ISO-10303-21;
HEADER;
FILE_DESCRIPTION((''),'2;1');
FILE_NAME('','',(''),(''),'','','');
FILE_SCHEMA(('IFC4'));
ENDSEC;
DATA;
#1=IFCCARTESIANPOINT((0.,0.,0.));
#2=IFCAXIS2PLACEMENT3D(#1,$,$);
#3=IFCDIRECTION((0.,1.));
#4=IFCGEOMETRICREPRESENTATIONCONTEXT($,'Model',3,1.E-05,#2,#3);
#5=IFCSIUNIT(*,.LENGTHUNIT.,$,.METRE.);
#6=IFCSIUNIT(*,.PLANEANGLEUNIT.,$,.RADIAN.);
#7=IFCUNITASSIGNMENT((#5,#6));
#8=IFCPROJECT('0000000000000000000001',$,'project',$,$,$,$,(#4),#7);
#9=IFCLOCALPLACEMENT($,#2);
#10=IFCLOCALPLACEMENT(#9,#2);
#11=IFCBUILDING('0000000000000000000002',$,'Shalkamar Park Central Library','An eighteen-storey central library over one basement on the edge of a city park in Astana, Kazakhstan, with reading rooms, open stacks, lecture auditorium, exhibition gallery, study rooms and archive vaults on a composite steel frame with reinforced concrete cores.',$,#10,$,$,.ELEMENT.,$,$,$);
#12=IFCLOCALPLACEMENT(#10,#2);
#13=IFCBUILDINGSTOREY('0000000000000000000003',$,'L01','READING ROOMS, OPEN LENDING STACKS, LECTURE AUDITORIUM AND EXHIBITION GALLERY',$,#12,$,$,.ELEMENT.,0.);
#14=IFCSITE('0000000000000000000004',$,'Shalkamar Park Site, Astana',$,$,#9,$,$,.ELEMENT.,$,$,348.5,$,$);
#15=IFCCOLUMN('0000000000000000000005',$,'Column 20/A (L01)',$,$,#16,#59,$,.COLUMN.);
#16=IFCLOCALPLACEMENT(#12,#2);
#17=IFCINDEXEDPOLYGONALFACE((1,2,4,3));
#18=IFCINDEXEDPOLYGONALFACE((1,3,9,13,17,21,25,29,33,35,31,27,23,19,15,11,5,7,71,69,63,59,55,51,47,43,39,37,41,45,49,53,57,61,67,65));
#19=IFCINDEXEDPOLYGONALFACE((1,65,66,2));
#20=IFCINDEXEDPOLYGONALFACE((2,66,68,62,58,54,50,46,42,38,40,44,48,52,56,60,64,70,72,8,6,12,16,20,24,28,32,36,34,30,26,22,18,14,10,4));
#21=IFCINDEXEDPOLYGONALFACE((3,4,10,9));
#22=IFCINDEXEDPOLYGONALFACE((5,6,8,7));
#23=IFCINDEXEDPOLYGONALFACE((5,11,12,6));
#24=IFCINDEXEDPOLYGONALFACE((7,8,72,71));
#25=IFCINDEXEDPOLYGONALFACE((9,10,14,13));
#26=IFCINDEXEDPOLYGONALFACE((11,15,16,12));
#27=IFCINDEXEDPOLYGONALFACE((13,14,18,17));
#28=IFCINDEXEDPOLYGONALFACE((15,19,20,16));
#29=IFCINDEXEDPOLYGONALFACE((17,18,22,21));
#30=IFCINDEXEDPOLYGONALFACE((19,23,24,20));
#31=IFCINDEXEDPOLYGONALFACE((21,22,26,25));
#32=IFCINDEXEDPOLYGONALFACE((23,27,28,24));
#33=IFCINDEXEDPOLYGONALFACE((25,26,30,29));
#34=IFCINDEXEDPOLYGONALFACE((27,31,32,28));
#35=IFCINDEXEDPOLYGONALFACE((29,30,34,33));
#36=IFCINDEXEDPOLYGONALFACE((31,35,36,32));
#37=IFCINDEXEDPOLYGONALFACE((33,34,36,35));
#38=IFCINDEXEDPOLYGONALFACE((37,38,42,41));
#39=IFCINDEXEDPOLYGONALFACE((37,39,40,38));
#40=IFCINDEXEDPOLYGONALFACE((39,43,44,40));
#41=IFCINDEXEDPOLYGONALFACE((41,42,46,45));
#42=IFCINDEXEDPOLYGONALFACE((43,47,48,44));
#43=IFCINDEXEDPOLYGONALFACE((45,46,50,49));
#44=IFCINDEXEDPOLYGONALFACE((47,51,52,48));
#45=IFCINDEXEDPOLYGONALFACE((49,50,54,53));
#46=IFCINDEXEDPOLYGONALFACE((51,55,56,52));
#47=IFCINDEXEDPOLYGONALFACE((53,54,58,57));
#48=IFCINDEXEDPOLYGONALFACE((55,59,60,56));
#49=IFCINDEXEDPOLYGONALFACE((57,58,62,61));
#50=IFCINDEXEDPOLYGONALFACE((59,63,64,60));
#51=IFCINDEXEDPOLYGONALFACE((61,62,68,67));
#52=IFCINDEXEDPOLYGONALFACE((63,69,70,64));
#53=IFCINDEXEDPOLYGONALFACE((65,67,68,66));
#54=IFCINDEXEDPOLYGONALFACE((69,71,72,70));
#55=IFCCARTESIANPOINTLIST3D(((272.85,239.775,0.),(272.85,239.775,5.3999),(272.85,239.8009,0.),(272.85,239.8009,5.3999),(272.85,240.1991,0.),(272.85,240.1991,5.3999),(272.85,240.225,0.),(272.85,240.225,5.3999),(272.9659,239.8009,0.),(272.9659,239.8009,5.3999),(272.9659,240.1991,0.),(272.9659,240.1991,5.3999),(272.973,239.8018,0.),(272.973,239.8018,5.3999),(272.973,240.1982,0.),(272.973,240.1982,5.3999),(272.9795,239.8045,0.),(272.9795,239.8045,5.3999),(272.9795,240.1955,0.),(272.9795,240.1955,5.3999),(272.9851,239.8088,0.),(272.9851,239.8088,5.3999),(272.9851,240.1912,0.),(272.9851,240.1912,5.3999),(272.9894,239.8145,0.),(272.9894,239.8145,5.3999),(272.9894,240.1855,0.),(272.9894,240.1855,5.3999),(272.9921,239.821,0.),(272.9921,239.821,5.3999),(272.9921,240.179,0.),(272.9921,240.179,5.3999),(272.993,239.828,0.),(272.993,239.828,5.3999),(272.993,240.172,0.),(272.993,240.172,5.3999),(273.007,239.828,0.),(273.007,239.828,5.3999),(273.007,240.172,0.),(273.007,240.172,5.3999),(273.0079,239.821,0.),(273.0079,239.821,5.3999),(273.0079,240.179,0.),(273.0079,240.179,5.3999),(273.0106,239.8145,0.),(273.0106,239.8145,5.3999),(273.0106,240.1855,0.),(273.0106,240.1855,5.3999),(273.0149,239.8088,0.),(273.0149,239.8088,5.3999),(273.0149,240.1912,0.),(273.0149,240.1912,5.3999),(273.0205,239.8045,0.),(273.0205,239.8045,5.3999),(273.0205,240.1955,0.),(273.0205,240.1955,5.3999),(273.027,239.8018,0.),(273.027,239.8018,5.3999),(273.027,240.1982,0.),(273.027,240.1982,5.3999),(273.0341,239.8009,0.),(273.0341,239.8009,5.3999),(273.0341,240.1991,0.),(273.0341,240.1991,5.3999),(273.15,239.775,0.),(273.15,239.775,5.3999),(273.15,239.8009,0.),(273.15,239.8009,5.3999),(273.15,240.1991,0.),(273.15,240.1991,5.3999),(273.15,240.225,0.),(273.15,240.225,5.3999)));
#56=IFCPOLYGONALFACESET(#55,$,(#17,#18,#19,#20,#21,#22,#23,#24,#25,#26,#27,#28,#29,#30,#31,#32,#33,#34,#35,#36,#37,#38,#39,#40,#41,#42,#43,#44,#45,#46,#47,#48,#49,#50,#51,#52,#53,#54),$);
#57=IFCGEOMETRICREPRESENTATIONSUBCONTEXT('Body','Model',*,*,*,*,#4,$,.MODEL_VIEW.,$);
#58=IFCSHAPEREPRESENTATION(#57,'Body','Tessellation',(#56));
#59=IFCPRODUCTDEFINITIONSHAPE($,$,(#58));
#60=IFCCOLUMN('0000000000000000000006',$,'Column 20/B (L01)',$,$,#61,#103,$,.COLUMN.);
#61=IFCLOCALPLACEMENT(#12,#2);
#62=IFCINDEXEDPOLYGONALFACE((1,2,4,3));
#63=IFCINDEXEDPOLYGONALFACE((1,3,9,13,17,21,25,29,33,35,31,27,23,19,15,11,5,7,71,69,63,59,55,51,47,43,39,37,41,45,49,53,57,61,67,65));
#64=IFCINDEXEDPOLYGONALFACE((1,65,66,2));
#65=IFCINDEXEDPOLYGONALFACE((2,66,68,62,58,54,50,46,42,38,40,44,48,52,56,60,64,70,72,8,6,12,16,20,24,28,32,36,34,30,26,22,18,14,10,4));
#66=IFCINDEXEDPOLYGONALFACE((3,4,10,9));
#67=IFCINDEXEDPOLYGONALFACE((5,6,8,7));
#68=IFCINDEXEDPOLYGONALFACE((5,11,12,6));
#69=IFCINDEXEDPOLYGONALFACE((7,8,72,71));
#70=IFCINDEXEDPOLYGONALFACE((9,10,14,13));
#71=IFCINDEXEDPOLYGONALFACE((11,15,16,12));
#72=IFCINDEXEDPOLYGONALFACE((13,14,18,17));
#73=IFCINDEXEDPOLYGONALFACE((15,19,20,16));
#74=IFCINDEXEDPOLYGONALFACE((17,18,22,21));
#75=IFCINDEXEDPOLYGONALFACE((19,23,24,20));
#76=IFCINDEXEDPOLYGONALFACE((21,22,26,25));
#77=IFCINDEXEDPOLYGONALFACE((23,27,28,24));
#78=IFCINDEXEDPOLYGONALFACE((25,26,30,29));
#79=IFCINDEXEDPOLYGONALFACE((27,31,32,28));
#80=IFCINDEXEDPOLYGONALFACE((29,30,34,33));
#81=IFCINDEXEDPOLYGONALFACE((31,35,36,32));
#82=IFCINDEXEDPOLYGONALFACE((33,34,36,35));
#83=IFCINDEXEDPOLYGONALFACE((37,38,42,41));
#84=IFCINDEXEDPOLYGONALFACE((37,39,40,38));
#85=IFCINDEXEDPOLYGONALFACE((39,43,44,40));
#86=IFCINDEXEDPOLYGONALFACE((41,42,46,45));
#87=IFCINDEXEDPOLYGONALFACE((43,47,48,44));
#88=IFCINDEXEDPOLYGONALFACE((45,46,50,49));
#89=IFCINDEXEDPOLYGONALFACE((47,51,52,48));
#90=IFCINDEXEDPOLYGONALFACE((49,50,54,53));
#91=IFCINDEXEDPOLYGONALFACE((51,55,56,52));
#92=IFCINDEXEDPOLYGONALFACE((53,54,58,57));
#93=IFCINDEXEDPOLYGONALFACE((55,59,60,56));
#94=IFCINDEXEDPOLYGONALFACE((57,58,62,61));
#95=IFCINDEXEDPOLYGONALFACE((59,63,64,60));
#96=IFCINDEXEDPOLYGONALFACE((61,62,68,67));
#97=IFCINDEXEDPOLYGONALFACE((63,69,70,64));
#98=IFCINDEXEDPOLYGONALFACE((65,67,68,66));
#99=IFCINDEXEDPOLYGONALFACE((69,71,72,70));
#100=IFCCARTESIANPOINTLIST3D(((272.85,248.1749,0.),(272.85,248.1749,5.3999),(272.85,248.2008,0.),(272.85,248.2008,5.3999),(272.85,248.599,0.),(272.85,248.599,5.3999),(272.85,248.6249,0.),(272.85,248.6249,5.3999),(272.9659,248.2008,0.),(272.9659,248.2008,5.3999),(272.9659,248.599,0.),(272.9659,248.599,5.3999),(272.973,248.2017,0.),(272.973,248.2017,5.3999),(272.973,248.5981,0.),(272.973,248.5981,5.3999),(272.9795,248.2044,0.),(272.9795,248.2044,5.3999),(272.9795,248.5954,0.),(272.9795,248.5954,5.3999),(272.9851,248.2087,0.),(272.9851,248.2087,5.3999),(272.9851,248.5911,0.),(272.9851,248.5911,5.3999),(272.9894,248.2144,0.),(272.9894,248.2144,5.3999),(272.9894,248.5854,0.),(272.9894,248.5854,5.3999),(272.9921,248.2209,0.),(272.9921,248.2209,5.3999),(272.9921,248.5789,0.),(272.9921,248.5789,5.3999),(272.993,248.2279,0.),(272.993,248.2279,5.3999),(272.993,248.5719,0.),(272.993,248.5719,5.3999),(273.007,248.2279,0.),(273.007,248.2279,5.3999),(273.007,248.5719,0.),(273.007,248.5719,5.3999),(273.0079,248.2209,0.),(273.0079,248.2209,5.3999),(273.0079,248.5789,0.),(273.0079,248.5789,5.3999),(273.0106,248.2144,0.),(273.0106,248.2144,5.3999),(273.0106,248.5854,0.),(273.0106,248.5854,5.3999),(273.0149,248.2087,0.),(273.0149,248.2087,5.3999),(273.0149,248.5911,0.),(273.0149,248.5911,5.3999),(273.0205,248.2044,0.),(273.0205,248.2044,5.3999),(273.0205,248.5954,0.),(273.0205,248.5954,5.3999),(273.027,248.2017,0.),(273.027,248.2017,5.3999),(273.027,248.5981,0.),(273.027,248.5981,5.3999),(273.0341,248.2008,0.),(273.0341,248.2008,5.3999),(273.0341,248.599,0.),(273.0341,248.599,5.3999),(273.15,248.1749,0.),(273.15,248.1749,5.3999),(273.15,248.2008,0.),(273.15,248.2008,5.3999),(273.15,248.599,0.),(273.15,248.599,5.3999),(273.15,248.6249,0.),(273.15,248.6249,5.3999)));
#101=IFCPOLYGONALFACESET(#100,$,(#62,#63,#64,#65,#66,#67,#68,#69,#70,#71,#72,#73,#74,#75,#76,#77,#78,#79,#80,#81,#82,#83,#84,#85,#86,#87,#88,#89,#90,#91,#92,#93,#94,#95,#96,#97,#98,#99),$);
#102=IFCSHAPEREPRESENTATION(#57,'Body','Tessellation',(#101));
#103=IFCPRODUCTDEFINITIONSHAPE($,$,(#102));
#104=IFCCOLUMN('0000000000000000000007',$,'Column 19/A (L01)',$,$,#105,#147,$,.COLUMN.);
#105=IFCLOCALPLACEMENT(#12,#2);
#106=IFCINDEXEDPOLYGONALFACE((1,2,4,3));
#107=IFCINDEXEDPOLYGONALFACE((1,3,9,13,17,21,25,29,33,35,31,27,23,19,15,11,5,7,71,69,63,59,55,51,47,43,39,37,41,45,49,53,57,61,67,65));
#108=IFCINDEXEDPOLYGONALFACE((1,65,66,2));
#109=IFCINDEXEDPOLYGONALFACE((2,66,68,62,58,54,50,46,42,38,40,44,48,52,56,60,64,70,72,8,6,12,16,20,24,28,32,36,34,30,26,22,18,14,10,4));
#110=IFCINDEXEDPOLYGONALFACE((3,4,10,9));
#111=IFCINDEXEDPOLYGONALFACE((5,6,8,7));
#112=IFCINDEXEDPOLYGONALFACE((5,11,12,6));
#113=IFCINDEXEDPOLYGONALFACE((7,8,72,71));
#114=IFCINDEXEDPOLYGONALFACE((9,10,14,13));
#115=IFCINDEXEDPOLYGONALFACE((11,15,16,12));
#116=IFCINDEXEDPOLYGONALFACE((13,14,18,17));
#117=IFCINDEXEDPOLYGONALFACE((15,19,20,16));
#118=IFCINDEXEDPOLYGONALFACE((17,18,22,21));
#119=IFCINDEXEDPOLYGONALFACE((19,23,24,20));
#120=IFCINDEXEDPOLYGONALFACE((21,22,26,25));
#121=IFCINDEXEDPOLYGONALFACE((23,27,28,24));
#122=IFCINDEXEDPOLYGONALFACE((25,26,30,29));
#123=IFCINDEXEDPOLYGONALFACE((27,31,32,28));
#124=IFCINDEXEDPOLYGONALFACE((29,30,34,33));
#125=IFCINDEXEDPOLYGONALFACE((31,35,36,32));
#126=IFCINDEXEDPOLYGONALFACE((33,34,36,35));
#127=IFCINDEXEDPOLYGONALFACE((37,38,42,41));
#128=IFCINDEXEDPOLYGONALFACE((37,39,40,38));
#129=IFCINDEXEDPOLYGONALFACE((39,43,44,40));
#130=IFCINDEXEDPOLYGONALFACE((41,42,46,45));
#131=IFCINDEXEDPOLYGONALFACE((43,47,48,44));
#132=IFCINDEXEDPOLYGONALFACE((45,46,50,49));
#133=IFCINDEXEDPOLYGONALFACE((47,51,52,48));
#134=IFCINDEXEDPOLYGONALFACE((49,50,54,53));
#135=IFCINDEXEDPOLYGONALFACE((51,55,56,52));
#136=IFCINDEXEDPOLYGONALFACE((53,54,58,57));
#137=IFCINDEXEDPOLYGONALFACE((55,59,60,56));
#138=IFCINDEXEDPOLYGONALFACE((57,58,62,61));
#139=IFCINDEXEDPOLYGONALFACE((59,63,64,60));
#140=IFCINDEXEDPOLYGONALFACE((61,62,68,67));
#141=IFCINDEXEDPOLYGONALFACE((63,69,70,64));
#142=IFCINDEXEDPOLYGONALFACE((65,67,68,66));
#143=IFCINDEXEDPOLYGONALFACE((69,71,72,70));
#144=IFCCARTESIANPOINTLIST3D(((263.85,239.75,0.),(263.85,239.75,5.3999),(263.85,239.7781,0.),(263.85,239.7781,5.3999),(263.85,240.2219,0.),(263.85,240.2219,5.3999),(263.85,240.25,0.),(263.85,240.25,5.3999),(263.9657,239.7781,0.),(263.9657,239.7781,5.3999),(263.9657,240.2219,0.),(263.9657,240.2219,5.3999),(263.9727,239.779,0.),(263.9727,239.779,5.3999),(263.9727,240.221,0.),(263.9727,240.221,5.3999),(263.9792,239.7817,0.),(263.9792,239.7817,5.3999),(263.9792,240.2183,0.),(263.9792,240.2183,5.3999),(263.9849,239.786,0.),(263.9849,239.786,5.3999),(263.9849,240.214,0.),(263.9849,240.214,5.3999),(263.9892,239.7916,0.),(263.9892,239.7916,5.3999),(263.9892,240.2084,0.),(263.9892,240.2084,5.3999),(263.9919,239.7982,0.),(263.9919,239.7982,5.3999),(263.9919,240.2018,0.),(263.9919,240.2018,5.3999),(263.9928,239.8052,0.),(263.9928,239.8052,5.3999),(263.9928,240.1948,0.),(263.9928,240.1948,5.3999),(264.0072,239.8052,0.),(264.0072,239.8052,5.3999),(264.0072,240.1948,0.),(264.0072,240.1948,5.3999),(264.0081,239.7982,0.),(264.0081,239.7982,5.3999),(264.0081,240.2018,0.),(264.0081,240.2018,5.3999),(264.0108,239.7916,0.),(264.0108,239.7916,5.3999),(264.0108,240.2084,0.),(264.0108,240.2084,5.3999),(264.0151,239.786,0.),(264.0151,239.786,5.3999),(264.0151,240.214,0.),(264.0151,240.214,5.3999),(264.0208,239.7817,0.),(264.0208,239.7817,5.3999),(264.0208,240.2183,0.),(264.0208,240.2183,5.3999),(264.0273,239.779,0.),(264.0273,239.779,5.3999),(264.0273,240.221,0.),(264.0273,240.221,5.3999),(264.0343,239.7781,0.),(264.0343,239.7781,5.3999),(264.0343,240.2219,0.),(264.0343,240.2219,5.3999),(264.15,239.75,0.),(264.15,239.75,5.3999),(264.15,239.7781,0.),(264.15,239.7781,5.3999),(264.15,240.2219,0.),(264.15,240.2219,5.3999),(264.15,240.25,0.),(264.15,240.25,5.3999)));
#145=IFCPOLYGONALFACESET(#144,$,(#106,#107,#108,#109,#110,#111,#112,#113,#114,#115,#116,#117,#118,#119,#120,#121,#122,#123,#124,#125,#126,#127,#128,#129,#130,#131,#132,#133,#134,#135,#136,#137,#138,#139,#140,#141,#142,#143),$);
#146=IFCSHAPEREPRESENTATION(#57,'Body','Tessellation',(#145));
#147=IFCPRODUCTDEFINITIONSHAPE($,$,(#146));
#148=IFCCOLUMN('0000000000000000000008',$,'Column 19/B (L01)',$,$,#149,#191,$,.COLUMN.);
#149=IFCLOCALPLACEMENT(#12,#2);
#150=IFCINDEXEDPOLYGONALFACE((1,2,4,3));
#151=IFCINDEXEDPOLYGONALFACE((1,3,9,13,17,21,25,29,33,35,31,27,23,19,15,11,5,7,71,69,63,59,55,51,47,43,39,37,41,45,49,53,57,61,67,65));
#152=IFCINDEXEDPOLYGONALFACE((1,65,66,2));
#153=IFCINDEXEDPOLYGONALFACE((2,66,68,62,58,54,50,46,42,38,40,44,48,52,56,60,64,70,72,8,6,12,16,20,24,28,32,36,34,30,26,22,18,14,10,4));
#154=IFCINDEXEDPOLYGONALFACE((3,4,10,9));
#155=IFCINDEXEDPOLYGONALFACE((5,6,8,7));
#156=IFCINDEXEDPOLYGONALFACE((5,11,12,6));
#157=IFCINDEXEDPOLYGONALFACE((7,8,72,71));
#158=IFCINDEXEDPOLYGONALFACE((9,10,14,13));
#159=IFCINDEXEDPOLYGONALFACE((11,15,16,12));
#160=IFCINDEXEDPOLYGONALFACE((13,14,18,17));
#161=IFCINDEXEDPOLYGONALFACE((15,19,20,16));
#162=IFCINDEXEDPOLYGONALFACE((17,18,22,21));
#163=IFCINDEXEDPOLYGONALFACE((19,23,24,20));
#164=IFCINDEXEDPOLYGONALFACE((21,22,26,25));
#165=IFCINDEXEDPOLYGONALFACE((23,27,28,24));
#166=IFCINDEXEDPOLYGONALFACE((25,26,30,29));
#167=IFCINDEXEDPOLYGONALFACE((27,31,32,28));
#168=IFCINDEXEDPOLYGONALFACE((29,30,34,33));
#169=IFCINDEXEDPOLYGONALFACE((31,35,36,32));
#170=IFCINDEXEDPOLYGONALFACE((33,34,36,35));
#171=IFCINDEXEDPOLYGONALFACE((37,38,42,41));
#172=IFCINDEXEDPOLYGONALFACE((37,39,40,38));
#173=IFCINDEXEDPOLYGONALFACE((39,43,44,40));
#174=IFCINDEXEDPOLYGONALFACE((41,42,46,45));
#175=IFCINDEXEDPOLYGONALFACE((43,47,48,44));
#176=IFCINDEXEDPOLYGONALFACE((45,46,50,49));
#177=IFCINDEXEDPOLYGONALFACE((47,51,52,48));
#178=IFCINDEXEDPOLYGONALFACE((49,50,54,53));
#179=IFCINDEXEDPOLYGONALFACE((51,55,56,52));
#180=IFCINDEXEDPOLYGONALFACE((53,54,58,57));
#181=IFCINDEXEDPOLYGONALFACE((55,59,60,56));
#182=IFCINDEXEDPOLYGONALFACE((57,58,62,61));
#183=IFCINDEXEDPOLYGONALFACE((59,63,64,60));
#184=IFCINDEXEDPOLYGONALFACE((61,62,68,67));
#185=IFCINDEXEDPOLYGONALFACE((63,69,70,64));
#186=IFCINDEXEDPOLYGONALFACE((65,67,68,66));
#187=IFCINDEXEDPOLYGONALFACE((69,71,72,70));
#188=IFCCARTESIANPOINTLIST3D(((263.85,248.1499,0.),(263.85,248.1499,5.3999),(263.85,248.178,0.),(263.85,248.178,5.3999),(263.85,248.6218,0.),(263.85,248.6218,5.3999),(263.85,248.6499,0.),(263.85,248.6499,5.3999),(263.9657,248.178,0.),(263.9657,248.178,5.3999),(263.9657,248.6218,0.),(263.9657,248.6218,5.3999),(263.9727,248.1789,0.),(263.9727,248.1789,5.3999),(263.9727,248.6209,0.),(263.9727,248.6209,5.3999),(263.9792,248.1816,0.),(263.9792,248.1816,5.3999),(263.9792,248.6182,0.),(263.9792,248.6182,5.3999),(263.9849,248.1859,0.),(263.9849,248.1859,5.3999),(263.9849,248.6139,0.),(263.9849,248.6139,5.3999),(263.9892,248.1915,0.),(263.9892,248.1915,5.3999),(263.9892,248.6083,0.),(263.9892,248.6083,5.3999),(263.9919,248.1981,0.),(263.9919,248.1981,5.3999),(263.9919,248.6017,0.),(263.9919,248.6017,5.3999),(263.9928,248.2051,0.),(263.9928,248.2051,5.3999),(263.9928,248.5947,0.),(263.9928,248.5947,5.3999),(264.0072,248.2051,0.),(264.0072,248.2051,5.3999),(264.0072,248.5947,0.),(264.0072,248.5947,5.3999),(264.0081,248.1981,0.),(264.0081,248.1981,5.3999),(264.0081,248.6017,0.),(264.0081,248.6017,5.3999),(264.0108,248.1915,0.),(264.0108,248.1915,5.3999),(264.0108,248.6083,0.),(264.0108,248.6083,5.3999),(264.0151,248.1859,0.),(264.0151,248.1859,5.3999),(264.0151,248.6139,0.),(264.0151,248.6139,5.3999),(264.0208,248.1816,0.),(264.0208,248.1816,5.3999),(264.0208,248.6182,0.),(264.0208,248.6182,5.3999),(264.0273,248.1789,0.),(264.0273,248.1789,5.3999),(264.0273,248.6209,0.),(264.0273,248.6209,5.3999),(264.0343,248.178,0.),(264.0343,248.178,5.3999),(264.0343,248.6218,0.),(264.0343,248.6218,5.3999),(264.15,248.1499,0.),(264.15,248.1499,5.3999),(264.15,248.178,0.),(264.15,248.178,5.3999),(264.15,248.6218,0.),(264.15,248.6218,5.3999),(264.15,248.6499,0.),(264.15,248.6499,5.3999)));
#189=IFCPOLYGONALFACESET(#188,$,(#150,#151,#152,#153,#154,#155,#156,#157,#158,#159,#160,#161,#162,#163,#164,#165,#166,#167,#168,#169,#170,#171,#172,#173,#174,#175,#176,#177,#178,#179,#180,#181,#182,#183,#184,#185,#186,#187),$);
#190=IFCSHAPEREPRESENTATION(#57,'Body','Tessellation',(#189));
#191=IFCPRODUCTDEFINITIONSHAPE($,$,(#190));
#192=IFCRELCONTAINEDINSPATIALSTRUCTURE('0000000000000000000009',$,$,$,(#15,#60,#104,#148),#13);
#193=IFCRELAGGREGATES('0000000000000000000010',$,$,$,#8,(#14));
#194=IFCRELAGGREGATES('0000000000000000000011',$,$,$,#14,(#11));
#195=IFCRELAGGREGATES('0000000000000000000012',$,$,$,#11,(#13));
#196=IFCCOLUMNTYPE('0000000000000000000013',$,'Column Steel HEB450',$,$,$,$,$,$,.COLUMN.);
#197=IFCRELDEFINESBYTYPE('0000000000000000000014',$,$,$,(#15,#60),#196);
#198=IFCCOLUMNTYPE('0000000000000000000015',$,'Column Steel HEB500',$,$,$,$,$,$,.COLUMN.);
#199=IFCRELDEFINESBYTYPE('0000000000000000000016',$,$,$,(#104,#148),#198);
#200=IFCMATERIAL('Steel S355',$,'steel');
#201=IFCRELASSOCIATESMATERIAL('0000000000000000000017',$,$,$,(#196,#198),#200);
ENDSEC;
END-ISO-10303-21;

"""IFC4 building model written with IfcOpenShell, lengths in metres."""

from ifc_helpers import new_model, si_unit, direction, frame, origin, origin_2d, place, context, subcontext, project, spatial, i_section, extrude, material, material_profile, profile_set, type_object, element, save


model = new_model("IFC4")

# Units and contexts
model_context = context("Model", 3, precision=1e-05, world=origin(), true_north=direction((0.0, 1.0)))
body_context = subcontext(model_context, "Body", "Model", "MODEL_VIEW")
ifc_project = project(units=[si_unit("LENGTHUNIT", "METRE"), si_unit("PLANEANGLEUNIT", "RADIAN")], contexts=[model_context])

# Site, building, storey
site_placement = place(None, origin())
site = spatial("IfcSite", under=ifc_project, at=site_placement, Name="Shalkamar Park Site, Astana", CompositionType="ELEMENT", RefElevation=348.5)
building_placement = place(site_placement, origin())
building = spatial("IfcBuilding", under=site, at=building_placement, Name="Shalkamar Park Central Library", Description="An eighteen-storey central library over one basement on the edge of a city park in Astana, Kazakhstan, with reading rooms, open stacks, lecture auditorium, exhibition gallery, study rooms and archive vaults on a composite steel frame with reinforced concrete cores.", CompositionType="ELEMENT")
storey_placement = place(building_placement, origin())
storey = spatial("IfcBuildingStorey", under=building, at=storey_placement, Name="L01", Description="READING ROOMS, OPEN LENDING STACKS, LECTURE AUDITORIUM AND EXHIBITION GALLERY", CompositionType="ELEMENT", Elevation=0.0)

# Columns
ifc_material_1 = material(Name="Steel S355", Category="steel")
ifc_material_profile_1 = material_profile(ifc_material_1, i_section(OverallWidth=0.3, OverallDepth=0.45, WebThickness=0.0139, FlangeThickness=0.0259, FilletRadius=0.0271, at=origin_2d()), Name="HEB 450")
ifc_profile_set_1 = profile_set([ifc_material_profile_1], Name="Steel S355")
column_type_1 = type_object("IfcColumnType", Name="Column Steel HEB450", PredefinedType="COLUMN", material=ifc_profile_set_1)
for number, where, z_axis, x_axis, name in (
    (1, (273.0, 240.0, 0.0), (0.0, 0.0, 1.0), (1.0, 0.0, 0.0), "Column 20/A (L01)"),
    (2, (273.0, 248.3999, 0.0), (0.0, 0.0, 1.0), (1.0, 0.0, 0.0), "Column 20/B (L01)"),
):
    element("IfcColumn", number, at=place(storey_placement, frame(where, z_axis=z_axis, x_axis=x_axis)), inside=storey, type_object=column_type_1, Name=name, PredefinedType="COLUMN", context=body_context, shape_type="SweptSolid", body=[
        extrude(i_section(OverallWidth=0.3, OverallDepth=0.45, WebThickness=0.0139, FlangeThickness=0.0259, FilletRadius=0.0271, at=origin_2d()), origin(), (0.0, 0.0, 1.0), 5.3999),
    ])
ifc_material_profile_2 = material_profile(ifc_material_1, i_section(OverallWidth=0.3, OverallDepth=0.5, WebThickness=0.0144, FlangeThickness=0.0281, FilletRadius=0.0271, at=origin_2d()), Name="HEB 500")
ifc_profile_set_2 = profile_set([ifc_material_profile_2], Name="Steel S355")
column_type_2 = type_object("IfcColumnType", Name="Column Steel HEB500", PredefinedType="COLUMN", material=ifc_profile_set_2)
for number, where, z_axis, x_axis, name in (
    (3, (264.0, 240.0, 0.0), (0.0, 0.0, 1.0), (1.0, 0.0, 0.0), "Column 19/A (L01)"),
    (4, (264.0, 248.3999, 0.0), (0.0, 0.0, 1.0), (1.0, 0.0, 0.0), "Column 19/B (L01)"),
):
    element("IfcColumn", number, at=place(storey_placement, frame(where, z_axis=z_axis, x_axis=x_axis)), inside=storey, type_object=column_type_2, Name=name, PredefinedType="COLUMN", context=body_context, shape_type="SweptSolid", body=[
        extrude(i_section(OverallWidth=0.3, OverallDepth=0.5, WebThickness=0.0144, FlangeThickness=0.0281, FilletRadius=0.0271, at=origin_2d()), origin(), (0.0, 0.0, 1.0), 5.3999),
    ])

save(model, "model.ifc")
